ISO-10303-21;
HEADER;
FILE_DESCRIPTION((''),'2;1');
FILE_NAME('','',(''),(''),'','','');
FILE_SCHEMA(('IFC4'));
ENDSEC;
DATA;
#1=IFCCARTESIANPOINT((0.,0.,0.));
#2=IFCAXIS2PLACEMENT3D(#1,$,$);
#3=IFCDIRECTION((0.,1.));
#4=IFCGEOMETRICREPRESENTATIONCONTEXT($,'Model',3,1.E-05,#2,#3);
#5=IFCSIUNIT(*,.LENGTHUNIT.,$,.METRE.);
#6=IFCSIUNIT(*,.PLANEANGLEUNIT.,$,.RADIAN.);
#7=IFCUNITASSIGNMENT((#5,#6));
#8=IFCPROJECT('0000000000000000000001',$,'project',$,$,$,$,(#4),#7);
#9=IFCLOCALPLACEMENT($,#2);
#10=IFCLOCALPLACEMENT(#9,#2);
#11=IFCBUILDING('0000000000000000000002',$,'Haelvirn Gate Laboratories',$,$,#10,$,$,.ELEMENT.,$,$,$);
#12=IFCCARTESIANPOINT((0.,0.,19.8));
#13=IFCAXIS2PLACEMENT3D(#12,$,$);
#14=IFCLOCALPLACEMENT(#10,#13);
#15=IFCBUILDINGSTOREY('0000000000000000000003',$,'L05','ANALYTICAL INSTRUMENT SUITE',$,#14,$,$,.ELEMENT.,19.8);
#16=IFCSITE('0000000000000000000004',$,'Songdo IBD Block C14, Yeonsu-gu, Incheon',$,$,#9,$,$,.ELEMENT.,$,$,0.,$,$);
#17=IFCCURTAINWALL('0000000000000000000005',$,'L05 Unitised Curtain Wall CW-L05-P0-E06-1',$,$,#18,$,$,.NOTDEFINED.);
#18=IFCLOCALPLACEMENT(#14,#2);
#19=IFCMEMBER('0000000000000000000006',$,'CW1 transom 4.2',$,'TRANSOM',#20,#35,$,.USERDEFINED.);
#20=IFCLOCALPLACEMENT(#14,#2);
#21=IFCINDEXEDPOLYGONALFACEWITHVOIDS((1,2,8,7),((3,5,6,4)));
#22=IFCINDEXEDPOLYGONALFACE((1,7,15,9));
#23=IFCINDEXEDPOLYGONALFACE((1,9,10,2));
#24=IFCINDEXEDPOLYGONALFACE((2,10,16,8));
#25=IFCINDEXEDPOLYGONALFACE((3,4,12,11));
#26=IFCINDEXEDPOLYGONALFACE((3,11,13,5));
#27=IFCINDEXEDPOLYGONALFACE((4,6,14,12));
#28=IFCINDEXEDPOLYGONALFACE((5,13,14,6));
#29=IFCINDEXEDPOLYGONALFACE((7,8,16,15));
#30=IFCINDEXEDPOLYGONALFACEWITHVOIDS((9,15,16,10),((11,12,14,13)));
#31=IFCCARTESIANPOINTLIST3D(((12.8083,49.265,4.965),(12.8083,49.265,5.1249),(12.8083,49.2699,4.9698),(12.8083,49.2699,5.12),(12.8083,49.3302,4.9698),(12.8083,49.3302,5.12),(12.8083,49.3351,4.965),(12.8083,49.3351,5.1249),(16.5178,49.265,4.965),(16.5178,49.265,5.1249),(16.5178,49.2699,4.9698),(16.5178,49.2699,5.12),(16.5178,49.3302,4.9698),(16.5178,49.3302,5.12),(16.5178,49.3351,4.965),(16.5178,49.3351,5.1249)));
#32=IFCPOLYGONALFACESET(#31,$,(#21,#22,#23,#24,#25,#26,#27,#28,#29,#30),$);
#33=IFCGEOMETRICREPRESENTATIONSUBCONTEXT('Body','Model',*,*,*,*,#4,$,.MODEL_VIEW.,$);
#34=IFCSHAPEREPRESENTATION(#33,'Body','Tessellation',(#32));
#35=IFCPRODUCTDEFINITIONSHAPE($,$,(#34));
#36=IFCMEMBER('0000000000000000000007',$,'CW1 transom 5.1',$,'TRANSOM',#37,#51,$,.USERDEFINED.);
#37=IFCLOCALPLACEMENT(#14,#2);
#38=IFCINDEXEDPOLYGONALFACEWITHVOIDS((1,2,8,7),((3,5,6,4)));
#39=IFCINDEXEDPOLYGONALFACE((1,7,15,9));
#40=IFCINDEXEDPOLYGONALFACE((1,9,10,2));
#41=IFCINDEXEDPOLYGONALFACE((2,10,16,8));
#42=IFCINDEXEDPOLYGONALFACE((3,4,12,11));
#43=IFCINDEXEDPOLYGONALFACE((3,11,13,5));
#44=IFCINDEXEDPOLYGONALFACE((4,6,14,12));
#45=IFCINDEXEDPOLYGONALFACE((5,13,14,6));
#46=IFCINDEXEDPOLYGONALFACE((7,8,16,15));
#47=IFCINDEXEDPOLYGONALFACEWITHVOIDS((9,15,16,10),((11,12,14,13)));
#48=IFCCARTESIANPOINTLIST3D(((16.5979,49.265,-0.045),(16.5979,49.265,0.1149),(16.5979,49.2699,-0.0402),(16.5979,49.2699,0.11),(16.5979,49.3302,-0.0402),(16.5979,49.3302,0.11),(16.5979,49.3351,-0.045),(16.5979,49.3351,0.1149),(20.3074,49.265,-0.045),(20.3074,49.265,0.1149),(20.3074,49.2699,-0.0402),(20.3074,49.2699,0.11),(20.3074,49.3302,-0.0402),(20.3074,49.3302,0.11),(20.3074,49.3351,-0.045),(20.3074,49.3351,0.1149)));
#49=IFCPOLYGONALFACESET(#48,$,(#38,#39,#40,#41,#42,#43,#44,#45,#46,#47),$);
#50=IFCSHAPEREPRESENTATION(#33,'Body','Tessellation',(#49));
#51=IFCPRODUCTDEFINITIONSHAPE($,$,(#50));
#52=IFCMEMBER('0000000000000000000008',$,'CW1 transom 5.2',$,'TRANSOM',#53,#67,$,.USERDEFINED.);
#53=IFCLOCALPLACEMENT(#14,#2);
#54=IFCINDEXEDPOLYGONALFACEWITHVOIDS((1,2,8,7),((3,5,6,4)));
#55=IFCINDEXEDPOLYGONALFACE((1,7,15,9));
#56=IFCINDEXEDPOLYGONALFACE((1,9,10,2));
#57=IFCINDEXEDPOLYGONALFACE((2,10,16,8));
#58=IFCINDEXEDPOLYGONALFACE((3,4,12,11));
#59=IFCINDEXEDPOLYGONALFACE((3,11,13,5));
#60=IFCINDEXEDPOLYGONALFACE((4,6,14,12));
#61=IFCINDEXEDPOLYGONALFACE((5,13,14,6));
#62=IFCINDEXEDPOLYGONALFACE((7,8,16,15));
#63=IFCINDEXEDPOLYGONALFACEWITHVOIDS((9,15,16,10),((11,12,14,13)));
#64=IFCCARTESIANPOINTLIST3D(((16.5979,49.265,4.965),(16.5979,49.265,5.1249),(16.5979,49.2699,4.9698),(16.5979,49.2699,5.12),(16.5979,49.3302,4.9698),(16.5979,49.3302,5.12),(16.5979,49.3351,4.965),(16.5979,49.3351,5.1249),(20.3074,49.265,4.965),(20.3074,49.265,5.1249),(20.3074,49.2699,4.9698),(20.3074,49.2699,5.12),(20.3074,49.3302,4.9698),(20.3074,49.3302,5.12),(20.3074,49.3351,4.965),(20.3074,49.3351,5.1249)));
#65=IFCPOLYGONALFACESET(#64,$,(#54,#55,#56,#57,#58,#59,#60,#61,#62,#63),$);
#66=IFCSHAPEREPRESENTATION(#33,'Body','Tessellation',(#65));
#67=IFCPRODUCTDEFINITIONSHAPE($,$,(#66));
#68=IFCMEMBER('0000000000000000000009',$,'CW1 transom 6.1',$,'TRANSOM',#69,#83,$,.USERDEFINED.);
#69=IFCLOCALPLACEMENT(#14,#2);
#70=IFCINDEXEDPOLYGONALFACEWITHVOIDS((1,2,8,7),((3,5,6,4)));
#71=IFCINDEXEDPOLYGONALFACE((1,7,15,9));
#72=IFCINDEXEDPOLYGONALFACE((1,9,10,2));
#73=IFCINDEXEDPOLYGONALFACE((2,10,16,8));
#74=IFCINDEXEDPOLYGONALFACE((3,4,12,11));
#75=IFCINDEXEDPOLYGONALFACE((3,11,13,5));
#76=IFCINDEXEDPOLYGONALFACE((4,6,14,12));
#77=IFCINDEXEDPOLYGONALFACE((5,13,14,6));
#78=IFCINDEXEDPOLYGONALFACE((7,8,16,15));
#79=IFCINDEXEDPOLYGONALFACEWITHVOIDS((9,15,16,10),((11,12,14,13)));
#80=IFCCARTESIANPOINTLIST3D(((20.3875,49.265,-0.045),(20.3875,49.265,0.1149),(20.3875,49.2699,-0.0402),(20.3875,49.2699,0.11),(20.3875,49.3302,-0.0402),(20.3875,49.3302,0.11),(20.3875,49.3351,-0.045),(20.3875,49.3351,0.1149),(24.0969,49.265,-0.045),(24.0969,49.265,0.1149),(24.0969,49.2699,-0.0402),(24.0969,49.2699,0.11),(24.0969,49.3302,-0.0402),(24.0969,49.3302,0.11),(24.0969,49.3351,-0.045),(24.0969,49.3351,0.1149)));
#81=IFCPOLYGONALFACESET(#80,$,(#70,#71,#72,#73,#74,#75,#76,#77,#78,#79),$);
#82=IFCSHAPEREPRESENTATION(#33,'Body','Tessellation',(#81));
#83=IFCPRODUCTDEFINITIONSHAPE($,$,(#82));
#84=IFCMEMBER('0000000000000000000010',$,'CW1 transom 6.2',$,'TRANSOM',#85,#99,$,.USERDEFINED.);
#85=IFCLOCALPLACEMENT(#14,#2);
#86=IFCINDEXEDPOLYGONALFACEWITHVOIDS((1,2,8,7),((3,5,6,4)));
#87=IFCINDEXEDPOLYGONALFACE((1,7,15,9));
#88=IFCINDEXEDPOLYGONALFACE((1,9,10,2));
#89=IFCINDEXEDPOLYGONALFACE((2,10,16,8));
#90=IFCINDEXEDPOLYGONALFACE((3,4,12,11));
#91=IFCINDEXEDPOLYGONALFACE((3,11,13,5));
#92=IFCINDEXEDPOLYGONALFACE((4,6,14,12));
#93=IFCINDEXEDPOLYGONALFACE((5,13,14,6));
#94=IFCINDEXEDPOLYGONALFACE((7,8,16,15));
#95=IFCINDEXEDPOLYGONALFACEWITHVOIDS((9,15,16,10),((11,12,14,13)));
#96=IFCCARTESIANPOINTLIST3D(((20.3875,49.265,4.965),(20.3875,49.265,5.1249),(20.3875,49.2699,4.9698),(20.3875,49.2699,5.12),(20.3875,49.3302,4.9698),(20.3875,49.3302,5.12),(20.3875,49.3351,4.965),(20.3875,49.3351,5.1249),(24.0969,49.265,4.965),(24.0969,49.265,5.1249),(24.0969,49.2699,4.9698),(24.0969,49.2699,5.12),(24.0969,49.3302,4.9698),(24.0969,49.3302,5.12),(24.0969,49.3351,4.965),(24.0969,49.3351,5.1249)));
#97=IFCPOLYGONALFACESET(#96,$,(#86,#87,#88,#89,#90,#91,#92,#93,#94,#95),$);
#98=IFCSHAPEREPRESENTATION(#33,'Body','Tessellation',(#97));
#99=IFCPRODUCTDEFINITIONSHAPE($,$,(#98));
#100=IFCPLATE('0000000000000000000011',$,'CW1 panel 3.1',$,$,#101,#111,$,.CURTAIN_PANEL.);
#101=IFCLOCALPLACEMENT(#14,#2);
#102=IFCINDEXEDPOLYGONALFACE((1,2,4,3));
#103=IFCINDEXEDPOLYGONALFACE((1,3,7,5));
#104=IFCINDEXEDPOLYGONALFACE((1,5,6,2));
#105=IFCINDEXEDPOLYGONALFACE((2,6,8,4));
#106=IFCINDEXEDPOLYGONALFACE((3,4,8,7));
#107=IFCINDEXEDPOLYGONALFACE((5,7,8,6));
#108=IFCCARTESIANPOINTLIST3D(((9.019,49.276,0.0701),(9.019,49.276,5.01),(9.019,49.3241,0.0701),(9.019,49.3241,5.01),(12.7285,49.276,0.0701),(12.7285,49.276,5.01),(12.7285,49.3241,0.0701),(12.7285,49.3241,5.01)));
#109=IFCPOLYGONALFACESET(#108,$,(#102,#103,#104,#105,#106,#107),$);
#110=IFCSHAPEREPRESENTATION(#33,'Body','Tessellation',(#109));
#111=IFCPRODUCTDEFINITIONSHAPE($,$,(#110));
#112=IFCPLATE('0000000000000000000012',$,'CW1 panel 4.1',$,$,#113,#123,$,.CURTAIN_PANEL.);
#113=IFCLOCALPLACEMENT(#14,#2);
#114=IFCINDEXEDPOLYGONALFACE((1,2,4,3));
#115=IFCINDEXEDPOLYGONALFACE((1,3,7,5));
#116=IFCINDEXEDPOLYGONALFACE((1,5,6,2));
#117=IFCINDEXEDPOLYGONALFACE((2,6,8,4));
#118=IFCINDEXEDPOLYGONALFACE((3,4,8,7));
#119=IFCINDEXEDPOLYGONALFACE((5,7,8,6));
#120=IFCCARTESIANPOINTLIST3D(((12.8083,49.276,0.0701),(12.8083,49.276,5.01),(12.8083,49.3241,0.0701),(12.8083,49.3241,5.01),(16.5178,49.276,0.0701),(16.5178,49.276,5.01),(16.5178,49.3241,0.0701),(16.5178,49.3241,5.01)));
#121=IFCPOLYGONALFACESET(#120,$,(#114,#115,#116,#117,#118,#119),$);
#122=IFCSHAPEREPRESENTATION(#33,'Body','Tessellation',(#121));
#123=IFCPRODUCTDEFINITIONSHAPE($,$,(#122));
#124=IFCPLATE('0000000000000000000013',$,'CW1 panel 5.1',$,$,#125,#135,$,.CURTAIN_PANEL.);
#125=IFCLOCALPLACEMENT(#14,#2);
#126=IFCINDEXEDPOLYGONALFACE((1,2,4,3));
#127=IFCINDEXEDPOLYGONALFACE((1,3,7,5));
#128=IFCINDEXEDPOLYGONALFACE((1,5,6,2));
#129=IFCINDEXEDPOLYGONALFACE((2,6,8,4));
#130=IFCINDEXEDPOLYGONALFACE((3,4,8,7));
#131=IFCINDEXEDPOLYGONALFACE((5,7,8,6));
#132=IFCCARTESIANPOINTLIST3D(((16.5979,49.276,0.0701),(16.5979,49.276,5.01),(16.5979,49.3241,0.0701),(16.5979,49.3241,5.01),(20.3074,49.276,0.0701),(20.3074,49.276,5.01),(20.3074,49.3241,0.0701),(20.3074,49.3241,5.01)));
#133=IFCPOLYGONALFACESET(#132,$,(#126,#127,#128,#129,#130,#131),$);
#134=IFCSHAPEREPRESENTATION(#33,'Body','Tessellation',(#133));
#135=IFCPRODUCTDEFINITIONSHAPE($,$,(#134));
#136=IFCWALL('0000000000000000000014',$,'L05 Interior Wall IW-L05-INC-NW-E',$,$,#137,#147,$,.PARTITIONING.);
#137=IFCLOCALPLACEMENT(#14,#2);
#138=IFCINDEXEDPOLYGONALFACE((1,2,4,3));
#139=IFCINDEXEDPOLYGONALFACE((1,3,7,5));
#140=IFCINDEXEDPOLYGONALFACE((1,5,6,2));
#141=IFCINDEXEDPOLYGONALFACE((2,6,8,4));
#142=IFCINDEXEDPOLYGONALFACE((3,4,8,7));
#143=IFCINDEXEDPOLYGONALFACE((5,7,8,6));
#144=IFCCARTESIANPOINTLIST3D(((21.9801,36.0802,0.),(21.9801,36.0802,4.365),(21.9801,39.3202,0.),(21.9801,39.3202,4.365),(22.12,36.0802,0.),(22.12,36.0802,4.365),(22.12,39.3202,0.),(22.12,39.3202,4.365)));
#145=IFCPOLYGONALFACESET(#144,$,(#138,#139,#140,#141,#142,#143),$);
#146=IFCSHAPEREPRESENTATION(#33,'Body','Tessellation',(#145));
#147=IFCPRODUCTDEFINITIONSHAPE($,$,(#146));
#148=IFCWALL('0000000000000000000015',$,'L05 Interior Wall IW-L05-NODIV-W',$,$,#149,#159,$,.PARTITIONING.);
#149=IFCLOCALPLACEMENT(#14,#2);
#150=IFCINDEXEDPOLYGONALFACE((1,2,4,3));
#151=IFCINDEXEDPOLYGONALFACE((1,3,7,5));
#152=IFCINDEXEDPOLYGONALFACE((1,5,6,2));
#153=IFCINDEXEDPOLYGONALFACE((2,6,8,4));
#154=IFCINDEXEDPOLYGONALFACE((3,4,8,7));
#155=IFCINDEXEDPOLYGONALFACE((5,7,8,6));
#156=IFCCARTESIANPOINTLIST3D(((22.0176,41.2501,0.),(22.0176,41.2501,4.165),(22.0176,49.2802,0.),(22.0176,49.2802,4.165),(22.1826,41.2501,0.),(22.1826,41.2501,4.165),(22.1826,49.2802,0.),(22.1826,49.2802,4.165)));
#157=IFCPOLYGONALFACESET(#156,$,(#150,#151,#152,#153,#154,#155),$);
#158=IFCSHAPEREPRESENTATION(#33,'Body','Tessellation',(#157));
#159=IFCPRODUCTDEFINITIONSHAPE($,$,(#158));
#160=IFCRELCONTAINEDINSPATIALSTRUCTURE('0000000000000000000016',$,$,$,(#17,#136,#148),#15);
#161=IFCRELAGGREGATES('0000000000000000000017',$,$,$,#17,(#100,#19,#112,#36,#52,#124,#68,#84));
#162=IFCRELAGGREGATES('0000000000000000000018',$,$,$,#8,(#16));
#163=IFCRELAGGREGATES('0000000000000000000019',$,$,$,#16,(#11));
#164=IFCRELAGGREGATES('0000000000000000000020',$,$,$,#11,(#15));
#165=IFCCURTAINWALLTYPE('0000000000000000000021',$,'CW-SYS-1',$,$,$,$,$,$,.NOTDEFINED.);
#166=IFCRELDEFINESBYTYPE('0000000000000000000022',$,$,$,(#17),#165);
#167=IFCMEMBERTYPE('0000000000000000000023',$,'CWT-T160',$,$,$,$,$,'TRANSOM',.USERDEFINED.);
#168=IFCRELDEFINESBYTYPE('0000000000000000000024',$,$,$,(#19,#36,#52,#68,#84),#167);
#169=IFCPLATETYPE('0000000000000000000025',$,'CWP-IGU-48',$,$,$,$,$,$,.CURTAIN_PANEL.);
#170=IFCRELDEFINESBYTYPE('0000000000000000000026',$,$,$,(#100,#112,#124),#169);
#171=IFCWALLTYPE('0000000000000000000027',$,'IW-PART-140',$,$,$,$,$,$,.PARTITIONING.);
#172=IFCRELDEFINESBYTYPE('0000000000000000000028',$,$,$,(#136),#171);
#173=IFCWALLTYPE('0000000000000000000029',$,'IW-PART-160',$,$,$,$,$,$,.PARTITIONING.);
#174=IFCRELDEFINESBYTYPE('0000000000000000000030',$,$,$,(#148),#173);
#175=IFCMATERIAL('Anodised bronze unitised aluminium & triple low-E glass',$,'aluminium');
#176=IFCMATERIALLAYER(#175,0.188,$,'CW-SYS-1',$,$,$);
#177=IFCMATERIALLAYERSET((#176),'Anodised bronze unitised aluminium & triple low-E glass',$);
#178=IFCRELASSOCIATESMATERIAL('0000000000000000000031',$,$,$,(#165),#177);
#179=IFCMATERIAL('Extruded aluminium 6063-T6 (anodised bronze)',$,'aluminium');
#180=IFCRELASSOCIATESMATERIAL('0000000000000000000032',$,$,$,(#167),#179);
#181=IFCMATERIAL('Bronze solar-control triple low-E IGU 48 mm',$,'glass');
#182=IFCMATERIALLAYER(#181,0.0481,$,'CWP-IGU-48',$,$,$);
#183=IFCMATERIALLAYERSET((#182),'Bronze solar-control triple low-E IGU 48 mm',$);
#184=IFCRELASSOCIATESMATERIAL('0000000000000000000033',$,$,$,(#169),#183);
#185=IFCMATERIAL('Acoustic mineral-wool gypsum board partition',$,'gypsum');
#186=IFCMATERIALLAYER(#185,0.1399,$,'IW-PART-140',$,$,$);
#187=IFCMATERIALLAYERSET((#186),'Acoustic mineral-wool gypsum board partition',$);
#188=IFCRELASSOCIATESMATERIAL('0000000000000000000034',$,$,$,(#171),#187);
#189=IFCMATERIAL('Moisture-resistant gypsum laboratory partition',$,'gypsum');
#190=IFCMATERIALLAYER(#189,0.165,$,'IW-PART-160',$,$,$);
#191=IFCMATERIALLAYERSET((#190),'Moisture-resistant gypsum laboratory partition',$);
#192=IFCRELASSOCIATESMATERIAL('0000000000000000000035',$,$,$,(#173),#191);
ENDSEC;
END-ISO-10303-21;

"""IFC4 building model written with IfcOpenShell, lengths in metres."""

from ifc_helpers import new_model, si_unit, direction, frame, frame_2d, origin, origin_2d, place, context, subcontext, project, spatial, rectangle, hollow_rectangle, extrude, source, transform, mapped, material, layer, layer_set, material_profile, profile_set, type_object, type_shapes, element, aggregate, save


model = new_model("IFC4")

# Units and contexts
model_context = context("Model", 3, precision=1e-05, world=origin(), true_north=direction((0.0, 1.0)))
body_context = subcontext(model_context, "Body", "Model", "MODEL_VIEW")
ifc_project = project(units=[si_unit("LENGTHUNIT", "METRE"), si_unit("PLANEANGLEUNIT", "RADIAN")], contexts=[model_context])

# Site, building, storey
site_placement = place(None, origin())
site = spatial("IfcSite", under=ifc_project, at=site_placement, Name="Songdo IBD Block C14, Yeonsu-gu, Incheon", CompositionType="ELEMENT", RefElevation=0.0)
building_placement = place(site_placement, origin())
building = spatial("IfcBuilding", under=site, at=building_placement, Name="Haelvirn Gate Laboratories", CompositionType="ELEMENT")
storey_placement = place(building_placement, frame((0.0, 0.0, 19.8)))
storey = spatial("IfcBuildingStorey", under=building, at=storey_placement, Name="L05", Description="ANALYTICAL INSTRUMENT SUITE", CompositionType="ELEMENT", Elevation=19.8)

# Curtain wall, members, plates
ifc_material_1 = material(Name="Anodised bronze unitised aluminium & triple low-E glass", Category="aluminium")
ifc_layer_1 = layer(ifc_material_1, 0.188, Name="CW-SYS-1")
ifc_layer_set_1 = layer_set([ifc_layer_1], Name="Anodised bronze unitised aluminium & triple low-E glass")
curtain_wall_type = type_object("IfcCurtainWallType", Name="CW-SYS-1", PredefinedType="NOTDEFINED", material=ifc_layer_set_1)
curtain_wall_placement = place(storey_placement, origin())
curtain_wall = element("IfcCurtainWall", 1, at=curtain_wall_placement, inside=storey, type_object=curtain_wall_type, Name="L05 Unitised Curtain Wall CW-L05-P0-E06-1", PredefinedType="NOTDEFINED")
ifc_material_2 = material(Name="Extruded aluminium 6063-T6 (anodised bronze)", Category="aluminium")
ifc_material_profile_1 = material_profile(ifc_material_2, hollow_rectangle(XDim=0.0701, YDim=0.1599, WallThickness=0.0049, at=origin_2d()), Name="CWT-160x70x5")
ifc_profile_set_1 = profile_set([ifc_material_profile_1], Name="Extruded aluminium 6063-T6 (anodised bronze)")
member_type_1 = type_object("IfcMemberType", Name="CWT-T160", ElementType="TRANSOM", PredefinedType="USERDEFINED", material=ifc_profile_set_1)
shared_shape_1 = source(origin(), body_context, "Body", "SweptSolid", [
    extrude(hollow_rectangle(XDim=0.0701, YDim=0.1599, WallThickness=0.0049, at=origin_2d()), origin(), (0.0, 0.0, 1.0), 3.7095),
])
type_shapes(member_type_1, [shared_shape_1])
member_1_placement = place(storey_placement, frame((12.8083, 49.3, 5.0449), z_axis=(1.0, 0.0, 0.0), x_axis=(0.0, 1.0, 0.0)))
member_1 = element("IfcMember", 2, at=member_1_placement, type_object=member_type_1, Name="CW1 transom 4.2", ObjectType="TRANSOM", PredefinedType="USERDEFINED", context=body_context, shape_type="MappedRepresentation", body=[
    mapped(shared_shape_1, transform((0.0, 0.0, 0.0), scale=1.0)),
])
member_2_placement = place(storey_placement, frame((16.5979, 49.3, 0.0349), z_axis=(1.0, 0.0, 0.0), x_axis=(0.0, 1.0, 0.0)))
member_2 = element("IfcMember", 3, at=member_2_placement, type_object=member_type_1, Name="CW1 transom 5.1", ObjectType="TRANSOM", PredefinedType="USERDEFINED", context=body_context, shape_type="MappedRepresentation", body=[
    mapped(shared_shape_1, transform((0.0, 0.0, 0.0), scale=1.0)),
])
member_3_placement = place(storey_placement, frame((16.5979, 49.3, 5.0449), z_axis=(1.0, 0.0, 0.0), x_axis=(0.0, 1.0, 0.0)))
member_3 = element("IfcMember", 4, at=member_3_placement, type_object=member_type_1, Name="CW1 transom 5.2", ObjectType="TRANSOM", PredefinedType="USERDEFINED", context=body_context, shape_type="MappedRepresentation", body=[
    mapped(shared_shape_1, transform((0.0, 0.0, 0.0), scale=1.0)),
])
member_4_placement = place(storey_placement, frame((20.3875, 49.3, 0.0349), z_axis=(1.0, 0.0, 0.0), x_axis=(0.0, 1.0, 0.0)))
member_4 = element("IfcMember", 5, at=member_4_placement, type_object=member_type_1, Name="CW1 transom 6.1", ObjectType="TRANSOM", PredefinedType="USERDEFINED", context=body_context, shape_type="MappedRepresentation", body=[
    mapped(shared_shape_1, transform((0.0, 0.0, 0.0), scale=1.0)),
])
member_5_placement = place(storey_placement, frame((20.3875, 49.3, 5.0449), z_axis=(1.0, 0.0, 0.0), x_axis=(0.0, 1.0, 0.0)))
member_5 = element("IfcMember", 6, at=member_5_placement, type_object=member_type_1, Name="CW1 transom 6.2", ObjectType="TRANSOM", PredefinedType="USERDEFINED", context=body_context, shape_type="MappedRepresentation", body=[
    mapped(shared_shape_1, transform((0.0, 0.0, 0.0), scale=1.0)),
])
ifc_material_3 = material(Name="Bronze solar-control triple low-E IGU 48 mm", Category="glass")
ifc_layer_2 = layer(ifc_material_3, 0.0481, Name="CWP-IGU-48")
ifc_layer_set_2 = layer_set([ifc_layer_2], Name="Bronze solar-control triple low-E IGU 48 mm")
plate_type = type_object("IfcPlateType", Name="CWP-IGU-48", PredefinedType="CURTAIN_PANEL", material=ifc_layer_set_2)
shared_shape_2 = source(origin(), body_context, "Body", "SweptSolid", [
    extrude(rectangle(XDim=3.7095, YDim=0.0481, at=origin_2d()), origin(), (0.0, 0.0, 1.0), 4.9399),
])
type_shapes(plate_type, [shared_shape_2])
plate_1_placement = place(storey_placement, frame((10.8738, 49.3, 0.0701), z_axis=(0.0, 0.0, 1.0), x_axis=(1.0, 0.0, 0.0)))
plate_1 = element("IfcPlate", 7, at=plate_1_placement, type_object=plate_type, Name="CW1 panel 3.1", PredefinedType="CURTAIN_PANEL", context=body_context, shape_type="MappedRepresentation", body=[
    mapped(shared_shape_2, transform((0.0, 0.0, 0.0), scale=1.0)),
])
plate_2_placement = place(storey_placement, frame((14.6631, 49.3, 0.0701), z_axis=(0.0, 0.0, 1.0), x_axis=(1.0, 0.0, 0.0)))
plate_2 = element("IfcPlate", 8, at=plate_2_placement, type_object=plate_type, Name="CW1 panel 4.1", PredefinedType="CURTAIN_PANEL", context=body_context, shape_type="MappedRepresentation", body=[
    mapped(shared_shape_2, transform((0.0, 0.0, 0.0), scale=1.0)),
])
plate_3_placement = place(storey_placement, frame((18.4526, 49.3, 0.0701), z_axis=(0.0, 0.0, 1.0), x_axis=(1.0, 0.0, 0.0)))
plate_3 = element("IfcPlate", 9, at=plate_3_placement, type_object=plate_type, Name="CW1 panel 5.1", PredefinedType="CURTAIN_PANEL", context=body_context, shape_type="MappedRepresentation", body=[
    mapped(shared_shape_2, transform((0.0, 0.0, 0.0), scale=1.0)),
])
aggregate(curtain_wall, [plate_1, member_1, plate_2, member_2, member_3, plate_3, member_4, member_5])

# Walls
ifc_material_4 = material(Name="Acoustic mineral-wool gypsum board partition", Category="gypsum")
ifc_layer_3 = layer(ifc_material_4, 0.1399, Name="IW-PART-140")
ifc_layer_set_3 = layer_set([ifc_layer_3], Name="Acoustic mineral-wool gypsum board partition")
wall_type_1 = type_object("IfcWallType", Name="IW-PART-140", PredefinedType="PARTITIONING", material=ifc_layer_set_3)
wall_1_placement = place(storey_placement, frame((22.05, 36.0801, 0.0), z_axis=(0.0, 0.0, 1.0), x_axis=(0.0, 1.0, 0.0)))
element("IfcWall", 10, at=wall_1_placement, inside=storey, type_object=wall_type_1, Name="L05 Interior Wall IW-L05-INC-NW-E", PredefinedType="PARTITIONING", context=body_context, shape_type="SweptSolid", body=[
    extrude(rectangle(XDim=3.24, YDim=0.1399, at=frame_2d((1.6201, 0.0))), origin(), (0.0, 0.0, 1.0), 4.365),
])
ifc_material_5 = material(Name="Moisture-resistant gypsum laboratory partition", Category="gypsum")
ifc_layer_4 = layer(ifc_material_5, 0.165, Name="IW-PART-160")
ifc_layer_set_4 = layer_set([ifc_layer_4], Name="Moisture-resistant gypsum laboratory partition")
wall_type_2 = type_object("IfcWallType", Name="IW-PART-160", PredefinedType="PARTITIONING", material=ifc_layer_set_4)
wall_2_placement = place(storey_placement, frame((22.1001, 41.25, 0.0), z_axis=(0.0, 0.0, 1.0), x_axis=(0.0, 1.0, 0.0)))
element("IfcWall", 11, at=wall_2_placement, inside=storey, type_object=wall_type_2, Name="L05 Interior Wall IW-L05-NODIV-W", PredefinedType="PARTITIONING", context=body_context, shape_type="SweptSolid", body=[
    extrude(rectangle(XDim=8.03, YDim=0.165, at=frame_2d((4.0151, 0.0))), origin(), (0.0, 0.0, 1.0), 4.165),
])

save(model, "model.ifc")
